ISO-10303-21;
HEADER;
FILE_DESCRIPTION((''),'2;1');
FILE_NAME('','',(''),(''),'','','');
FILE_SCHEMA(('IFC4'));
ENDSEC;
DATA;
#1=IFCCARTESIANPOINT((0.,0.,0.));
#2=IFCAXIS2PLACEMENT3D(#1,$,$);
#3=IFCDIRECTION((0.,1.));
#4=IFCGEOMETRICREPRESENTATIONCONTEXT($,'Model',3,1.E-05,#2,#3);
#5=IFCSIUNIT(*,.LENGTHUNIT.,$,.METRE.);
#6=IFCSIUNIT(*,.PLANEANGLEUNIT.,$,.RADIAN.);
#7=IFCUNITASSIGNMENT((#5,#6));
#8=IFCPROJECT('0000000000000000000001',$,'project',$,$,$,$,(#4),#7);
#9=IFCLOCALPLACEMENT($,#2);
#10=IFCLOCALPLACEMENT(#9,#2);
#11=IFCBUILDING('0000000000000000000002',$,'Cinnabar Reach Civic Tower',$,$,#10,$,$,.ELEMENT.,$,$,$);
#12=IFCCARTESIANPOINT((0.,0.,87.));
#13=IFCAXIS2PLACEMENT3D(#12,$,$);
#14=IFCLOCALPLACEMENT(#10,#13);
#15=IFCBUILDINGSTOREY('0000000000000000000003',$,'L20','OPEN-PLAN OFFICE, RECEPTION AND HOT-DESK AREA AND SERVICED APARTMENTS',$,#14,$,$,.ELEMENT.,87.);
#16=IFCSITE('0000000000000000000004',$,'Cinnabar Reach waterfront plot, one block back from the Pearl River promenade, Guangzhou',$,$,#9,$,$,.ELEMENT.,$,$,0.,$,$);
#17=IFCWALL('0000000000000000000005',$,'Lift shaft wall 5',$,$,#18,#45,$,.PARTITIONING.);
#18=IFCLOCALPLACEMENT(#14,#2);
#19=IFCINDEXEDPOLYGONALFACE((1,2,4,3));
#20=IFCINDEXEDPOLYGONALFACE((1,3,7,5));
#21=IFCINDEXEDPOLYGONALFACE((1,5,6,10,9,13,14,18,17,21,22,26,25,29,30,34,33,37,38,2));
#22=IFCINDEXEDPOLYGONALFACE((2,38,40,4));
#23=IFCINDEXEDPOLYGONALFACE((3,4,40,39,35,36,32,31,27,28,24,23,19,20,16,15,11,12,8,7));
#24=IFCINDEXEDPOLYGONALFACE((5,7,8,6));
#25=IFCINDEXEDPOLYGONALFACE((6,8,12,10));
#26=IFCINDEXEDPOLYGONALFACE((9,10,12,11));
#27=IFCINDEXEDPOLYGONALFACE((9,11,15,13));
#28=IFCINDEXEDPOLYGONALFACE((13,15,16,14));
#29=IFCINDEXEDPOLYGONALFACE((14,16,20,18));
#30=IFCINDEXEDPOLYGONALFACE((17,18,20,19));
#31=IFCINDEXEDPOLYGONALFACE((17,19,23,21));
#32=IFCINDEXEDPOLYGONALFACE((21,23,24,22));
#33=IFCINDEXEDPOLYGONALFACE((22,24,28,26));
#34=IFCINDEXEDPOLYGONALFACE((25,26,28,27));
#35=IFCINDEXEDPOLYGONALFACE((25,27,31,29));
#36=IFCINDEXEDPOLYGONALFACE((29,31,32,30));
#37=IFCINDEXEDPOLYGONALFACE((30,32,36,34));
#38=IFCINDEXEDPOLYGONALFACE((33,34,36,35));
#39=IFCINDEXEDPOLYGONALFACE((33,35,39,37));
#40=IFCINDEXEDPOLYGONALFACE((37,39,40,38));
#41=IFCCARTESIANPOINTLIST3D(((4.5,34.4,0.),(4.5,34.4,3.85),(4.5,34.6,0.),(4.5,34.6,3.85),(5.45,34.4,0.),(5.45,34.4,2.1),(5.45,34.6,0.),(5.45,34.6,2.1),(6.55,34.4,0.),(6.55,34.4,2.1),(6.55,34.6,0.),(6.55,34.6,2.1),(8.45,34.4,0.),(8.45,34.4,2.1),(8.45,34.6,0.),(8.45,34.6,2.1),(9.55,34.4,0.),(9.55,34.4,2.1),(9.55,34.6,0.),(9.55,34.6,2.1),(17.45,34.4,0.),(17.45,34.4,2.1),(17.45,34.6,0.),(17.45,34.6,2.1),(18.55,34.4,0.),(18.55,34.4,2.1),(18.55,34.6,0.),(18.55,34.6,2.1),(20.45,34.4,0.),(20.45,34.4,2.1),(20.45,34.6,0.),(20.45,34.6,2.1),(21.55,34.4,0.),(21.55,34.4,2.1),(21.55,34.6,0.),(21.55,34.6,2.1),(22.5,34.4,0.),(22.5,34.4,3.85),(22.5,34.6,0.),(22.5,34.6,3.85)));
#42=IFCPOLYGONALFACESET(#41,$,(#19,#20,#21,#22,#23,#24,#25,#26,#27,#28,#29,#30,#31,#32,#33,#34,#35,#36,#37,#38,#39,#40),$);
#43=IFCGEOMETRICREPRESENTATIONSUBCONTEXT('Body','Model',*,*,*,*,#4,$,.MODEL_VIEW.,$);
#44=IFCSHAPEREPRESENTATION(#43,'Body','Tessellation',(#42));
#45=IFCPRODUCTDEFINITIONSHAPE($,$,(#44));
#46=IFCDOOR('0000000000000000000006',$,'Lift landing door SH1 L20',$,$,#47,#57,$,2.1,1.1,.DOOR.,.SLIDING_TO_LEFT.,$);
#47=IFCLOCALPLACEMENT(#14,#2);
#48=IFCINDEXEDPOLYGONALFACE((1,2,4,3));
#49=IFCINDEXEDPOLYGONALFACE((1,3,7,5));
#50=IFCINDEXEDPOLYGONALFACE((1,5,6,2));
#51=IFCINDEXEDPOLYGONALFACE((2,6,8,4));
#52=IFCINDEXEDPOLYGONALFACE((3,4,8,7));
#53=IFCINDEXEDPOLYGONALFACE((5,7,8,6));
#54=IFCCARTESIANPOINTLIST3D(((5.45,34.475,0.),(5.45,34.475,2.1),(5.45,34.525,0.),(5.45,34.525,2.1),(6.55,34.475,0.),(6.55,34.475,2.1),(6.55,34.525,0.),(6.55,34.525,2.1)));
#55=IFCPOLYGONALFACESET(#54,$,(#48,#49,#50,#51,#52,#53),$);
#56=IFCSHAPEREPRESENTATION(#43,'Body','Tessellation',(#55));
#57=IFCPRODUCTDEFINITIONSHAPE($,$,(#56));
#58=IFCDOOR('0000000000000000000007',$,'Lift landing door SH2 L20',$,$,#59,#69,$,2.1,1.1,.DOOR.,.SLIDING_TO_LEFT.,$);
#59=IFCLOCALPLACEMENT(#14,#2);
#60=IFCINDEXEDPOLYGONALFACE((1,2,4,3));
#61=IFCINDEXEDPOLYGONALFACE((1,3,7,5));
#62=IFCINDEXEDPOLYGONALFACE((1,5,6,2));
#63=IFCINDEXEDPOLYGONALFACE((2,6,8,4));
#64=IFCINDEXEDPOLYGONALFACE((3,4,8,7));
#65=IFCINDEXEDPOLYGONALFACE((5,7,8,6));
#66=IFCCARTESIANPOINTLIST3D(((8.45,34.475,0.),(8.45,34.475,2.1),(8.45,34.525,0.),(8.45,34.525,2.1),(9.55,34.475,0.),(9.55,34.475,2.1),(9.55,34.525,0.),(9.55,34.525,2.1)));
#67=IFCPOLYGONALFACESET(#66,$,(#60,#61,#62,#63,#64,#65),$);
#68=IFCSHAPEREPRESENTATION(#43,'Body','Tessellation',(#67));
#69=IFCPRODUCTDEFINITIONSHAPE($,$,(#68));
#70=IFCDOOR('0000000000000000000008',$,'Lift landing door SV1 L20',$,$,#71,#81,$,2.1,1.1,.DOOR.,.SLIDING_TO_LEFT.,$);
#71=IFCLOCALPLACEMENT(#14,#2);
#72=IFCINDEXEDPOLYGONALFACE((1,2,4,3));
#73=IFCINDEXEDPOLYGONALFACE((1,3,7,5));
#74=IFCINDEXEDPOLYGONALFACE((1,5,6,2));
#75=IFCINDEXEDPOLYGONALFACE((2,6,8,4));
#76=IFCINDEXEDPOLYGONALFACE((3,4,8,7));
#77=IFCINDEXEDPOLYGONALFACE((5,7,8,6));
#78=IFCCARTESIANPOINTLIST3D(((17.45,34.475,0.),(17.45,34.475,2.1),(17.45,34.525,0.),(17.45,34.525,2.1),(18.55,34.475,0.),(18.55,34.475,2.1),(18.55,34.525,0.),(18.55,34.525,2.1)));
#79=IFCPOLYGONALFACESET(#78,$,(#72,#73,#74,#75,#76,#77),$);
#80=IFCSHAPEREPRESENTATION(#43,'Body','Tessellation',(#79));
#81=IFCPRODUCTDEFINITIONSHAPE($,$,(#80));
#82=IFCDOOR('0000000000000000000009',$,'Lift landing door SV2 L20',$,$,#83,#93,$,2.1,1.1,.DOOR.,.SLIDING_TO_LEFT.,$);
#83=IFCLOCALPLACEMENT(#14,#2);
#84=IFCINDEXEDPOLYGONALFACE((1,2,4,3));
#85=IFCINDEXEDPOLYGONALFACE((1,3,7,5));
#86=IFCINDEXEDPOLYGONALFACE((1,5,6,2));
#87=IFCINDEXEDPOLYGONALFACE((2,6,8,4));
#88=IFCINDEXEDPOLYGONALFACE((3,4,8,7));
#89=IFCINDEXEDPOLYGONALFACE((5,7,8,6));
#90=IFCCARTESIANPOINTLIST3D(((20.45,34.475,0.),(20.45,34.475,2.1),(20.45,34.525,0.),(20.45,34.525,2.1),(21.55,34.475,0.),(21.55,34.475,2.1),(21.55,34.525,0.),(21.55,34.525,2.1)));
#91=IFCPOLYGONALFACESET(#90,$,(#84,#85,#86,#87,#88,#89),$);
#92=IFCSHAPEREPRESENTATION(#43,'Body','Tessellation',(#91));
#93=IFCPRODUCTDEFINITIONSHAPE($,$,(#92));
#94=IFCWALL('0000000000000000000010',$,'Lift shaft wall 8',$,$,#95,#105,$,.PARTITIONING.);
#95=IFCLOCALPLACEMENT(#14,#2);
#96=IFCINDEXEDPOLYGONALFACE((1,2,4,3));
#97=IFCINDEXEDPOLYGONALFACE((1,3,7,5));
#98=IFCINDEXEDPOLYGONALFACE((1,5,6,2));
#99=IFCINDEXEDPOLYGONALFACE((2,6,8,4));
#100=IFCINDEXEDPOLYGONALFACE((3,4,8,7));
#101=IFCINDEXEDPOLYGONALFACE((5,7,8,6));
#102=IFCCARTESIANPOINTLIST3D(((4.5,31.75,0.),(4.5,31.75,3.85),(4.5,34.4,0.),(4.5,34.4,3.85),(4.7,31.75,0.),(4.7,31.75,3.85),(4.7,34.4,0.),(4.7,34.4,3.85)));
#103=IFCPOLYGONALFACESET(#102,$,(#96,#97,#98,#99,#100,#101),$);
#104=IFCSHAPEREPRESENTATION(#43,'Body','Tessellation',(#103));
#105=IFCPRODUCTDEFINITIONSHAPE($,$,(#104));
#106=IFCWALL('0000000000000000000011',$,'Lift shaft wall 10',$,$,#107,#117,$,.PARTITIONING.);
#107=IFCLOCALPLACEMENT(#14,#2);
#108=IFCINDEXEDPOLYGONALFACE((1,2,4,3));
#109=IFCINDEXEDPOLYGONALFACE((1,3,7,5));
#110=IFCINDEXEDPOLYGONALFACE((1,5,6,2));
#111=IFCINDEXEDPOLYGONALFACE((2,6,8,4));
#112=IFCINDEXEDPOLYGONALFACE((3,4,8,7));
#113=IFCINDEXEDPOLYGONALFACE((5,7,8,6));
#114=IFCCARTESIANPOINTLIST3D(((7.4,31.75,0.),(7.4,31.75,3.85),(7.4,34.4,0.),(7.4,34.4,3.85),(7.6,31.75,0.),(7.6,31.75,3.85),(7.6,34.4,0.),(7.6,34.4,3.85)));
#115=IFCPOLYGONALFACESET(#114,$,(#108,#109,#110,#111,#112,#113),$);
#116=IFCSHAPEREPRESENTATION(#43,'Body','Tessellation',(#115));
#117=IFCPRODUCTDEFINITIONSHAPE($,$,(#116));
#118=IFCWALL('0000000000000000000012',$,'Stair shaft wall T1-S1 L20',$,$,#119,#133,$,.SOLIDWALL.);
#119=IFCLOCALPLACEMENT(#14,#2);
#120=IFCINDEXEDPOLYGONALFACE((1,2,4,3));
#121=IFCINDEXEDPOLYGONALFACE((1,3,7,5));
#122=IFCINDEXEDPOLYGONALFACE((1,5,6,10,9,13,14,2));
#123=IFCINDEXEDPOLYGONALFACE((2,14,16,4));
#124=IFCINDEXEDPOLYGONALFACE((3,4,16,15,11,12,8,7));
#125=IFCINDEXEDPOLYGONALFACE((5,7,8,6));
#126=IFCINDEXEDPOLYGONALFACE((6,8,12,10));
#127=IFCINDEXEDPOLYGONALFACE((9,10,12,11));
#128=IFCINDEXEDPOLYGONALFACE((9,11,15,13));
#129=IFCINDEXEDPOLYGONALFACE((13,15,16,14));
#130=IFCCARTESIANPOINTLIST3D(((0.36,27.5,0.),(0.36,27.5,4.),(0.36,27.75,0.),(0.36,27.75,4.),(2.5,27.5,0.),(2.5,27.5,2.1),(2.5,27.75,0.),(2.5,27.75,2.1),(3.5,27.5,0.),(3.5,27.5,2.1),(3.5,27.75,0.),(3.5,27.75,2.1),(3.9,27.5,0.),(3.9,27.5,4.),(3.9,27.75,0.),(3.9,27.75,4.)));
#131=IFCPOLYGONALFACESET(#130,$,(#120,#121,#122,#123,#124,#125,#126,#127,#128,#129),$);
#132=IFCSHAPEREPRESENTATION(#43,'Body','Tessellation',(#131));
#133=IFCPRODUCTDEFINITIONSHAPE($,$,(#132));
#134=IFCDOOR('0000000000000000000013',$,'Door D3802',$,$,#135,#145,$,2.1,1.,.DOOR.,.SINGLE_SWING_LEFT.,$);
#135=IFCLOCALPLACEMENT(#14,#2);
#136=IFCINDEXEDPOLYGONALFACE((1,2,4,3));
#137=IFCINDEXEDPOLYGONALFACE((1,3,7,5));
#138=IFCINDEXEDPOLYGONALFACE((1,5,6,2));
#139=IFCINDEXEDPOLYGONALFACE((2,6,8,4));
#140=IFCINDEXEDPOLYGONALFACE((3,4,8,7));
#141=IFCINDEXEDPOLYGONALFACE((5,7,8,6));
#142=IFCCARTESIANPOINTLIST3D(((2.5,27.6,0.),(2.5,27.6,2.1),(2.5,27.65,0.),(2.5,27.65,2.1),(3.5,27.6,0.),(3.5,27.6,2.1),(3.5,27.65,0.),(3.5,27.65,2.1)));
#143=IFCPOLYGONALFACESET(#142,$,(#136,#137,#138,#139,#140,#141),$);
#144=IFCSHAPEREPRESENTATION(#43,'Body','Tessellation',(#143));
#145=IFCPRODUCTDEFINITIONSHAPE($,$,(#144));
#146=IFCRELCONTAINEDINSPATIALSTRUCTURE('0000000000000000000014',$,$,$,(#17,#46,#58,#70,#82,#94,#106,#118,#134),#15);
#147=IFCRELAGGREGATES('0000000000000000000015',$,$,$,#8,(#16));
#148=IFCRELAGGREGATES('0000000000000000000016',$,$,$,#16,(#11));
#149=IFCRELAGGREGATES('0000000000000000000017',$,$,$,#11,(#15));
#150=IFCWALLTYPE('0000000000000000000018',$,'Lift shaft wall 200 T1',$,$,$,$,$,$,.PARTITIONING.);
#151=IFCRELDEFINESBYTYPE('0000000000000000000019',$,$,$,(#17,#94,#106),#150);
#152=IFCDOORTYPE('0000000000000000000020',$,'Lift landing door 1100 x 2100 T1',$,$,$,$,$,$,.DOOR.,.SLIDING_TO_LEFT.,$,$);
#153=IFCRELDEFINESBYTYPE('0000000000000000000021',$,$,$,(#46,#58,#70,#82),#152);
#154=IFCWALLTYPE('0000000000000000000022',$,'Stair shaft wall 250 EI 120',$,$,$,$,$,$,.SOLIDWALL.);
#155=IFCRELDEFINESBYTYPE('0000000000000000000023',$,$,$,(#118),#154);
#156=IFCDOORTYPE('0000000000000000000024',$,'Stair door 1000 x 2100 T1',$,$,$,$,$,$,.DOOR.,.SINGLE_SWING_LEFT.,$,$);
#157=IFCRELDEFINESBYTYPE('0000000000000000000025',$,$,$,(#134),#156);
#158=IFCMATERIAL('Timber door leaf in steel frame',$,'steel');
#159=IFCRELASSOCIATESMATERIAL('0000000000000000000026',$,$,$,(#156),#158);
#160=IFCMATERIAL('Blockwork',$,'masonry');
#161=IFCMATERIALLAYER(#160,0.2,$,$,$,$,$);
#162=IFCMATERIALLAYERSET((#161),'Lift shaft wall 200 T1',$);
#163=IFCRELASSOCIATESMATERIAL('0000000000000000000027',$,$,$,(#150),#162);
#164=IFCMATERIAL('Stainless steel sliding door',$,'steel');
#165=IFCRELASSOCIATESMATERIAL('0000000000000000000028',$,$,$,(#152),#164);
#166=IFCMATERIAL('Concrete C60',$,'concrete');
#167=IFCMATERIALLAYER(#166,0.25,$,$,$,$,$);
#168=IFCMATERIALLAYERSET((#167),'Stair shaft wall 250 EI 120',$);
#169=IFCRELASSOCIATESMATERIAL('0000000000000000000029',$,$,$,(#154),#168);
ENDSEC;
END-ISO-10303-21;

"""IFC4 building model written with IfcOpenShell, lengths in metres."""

from ifc_helpers import new_model, si_unit, direction, frame, frame_2d, origin, place, context, subcontext, project, spatial, rectangle, extrude, material, layer, layer_set, type_object, element, fill, save


model = new_model("IFC4")

# Units and contexts
model_context = context("Model", 3, precision=1e-05, world=origin(), true_north=direction((0.0, 1.0)))
body_context = subcontext(model_context, "Body", "Model", "MODEL_VIEW")
ifc_project = project(units=[si_unit("LENGTHUNIT", "METRE"), si_unit("PLANEANGLEUNIT", "RADIAN")], contexts=[model_context])

# Site, building, storey
site_placement = place(None, origin())
site = spatial("IfcSite", under=ifc_project, at=site_placement, Name="Cinnabar Reach waterfront plot, one block back from the Pearl River promenade, Guangzhou", CompositionType="ELEMENT", RefElevation=0.0)
building_placement = place(site_placement, origin())
building = spatial("IfcBuilding", under=site, at=building_placement, Name="Cinnabar Reach Civic Tower", CompositionType="ELEMENT")
storey_placement = place(building_placement, frame((0.0, 0.0, 87.0)))
storey = spatial("IfcBuildingStorey", under=building, at=storey_placement, Name="L20", Description="OPEN-PLAN OFFICE, RECEPTION AND HOT-DESK AREA AND SERVICED APARTMENTS", CompositionType="ELEMENT", Elevation=87.0)

# Shared definitions
ifc_material_1 = material(Name="Concrete C60", Category="concrete")

# Shared definitions
ifc_material_2 = material(Name="Timber door leaf in steel frame", Category="steel")
door_type_1 = type_object("IfcDoorType", Name="Stair door 1000 x 2100 T1", OperationType="SINGLE_SWING_LEFT", PredefinedType="DOOR", material=ifc_material_2)

# Wall, openings, doors
ifc_material_3 = material(Name="Blockwork", Category="masonry")
ifc_layer_1 = layer(ifc_material_3, 0.2)
ifc_layer_set_1 = layer_set([ifc_layer_1], Name="Lift shaft wall 200 T1")
wall_type_1 = type_object("IfcWallType", Name="Lift shaft wall 200 T1", PredefinedType="PARTITIONING", material=ifc_layer_set_1)
wall_1_placement = place(storey_placement, frame((4.5, 34.5, 0.0), z_axis=(0.0, 0.0, 1.0), x_axis=(1.0, 0.0, 0.0)))
wall_1 = element("IfcWall", 1, at=wall_1_placement, inside=storey, type_object=wall_type_1, Name="Lift shaft wall 5", PredefinedType="PARTITIONING", context=body_context, shape_type="SweptSolid", body=[
    extrude(rectangle(XDim=18.0, YDim=0.2, at=frame_2d((9.0, 0.0))), origin(), (0.0, 0.0, 1.0), 3.85),
])
opening_1_placement = place(wall_1_placement, frame((0.95, 0.0, 0.0)))
opening_1 = element("IfcOpeningElement", 2, at=opening_1_placement, cuts=wall_1, PredefinedType="OPENING", context=body_context, shape_type="SweptSolid", body=[
    extrude(rectangle(XDim=1.1, YDim=2.1, at=frame_2d((0.55, 1.05))), frame((0.0, 0.11, 0.0), z_axis=(0.0, -1.0, 0.0), x_axis=(1.0, 0.0, 0.0)), (0.0, 0.0, 1.0), 0.22),
])
opening_2_placement = place(wall_1_placement, frame((3.95, 0.0, 0.0)))
opening_2 = element("IfcOpeningElement", 3, at=opening_2_placement, cuts=wall_1, PredefinedType="OPENING", context=body_context, shape_type="SweptSolid", body=[
    extrude(rectangle(XDim=1.1, YDim=2.1, at=frame_2d((0.55, 1.05))), frame((0.0, 0.11, 0.0), z_axis=(0.0, -1.0, 0.0), x_axis=(1.0, 0.0, 0.0)), (0.0, 0.0, 1.0), 0.22),
])
opening_3_placement = place(wall_1_placement, frame((12.95, 0.0, 0.0)))
opening_3 = element("IfcOpeningElement", 4, at=opening_3_placement, cuts=wall_1, PredefinedType="OPENING", context=body_context, shape_type="SweptSolid", body=[
    extrude(rectangle(XDim=1.1, YDim=2.1, at=frame_2d((0.55, 1.05))), frame((0.0, 0.11, 0.0), z_axis=(0.0, -1.0, 0.0), x_axis=(1.0, 0.0, 0.0)), (0.0, 0.0, 1.0), 0.22),
])
opening_4_placement = place(wall_1_placement, frame((15.95, 0.0, 0.0)))
opening_4 = element("IfcOpeningElement", 5, at=opening_4_placement, cuts=wall_1, PredefinedType="OPENING", context=body_context, shape_type="SweptSolid", body=[
    extrude(rectangle(XDim=1.1, YDim=2.1, at=frame_2d((0.55, 1.05))), frame((0.0, 0.11, 0.0), z_axis=(0.0, -1.0, 0.0), x_axis=(1.0, 0.0, 0.0)), (0.0, 0.0, 1.0), 0.22),
])
ifc_material_4 = material(Name="Stainless steel sliding door", Category="steel")
door_type_2 = type_object("IfcDoorType", Name="Lift landing door 1100 x 2100 T1", OperationType="SLIDING_TO_LEFT", PredefinedType="DOOR", material=ifc_material_4)
door_1_placement = place(opening_1_placement, origin())
door_1 = element("IfcDoor", 6, at=door_1_placement, inside=storey, type_object=door_type_2, Name="Lift landing door SH1 L20", OperationType="SLIDING_TO_LEFT", OverallHeight=2.1, OverallWidth=1.1, PredefinedType="DOOR", context=body_context, shape_type="SweptSolid", body=[
    extrude(rectangle(XDim=1.1, YDim=2.1, at=frame_2d((0.55, 1.05))), frame((0.0, 0.025, 0.0), z_axis=(0.0, -1.0, 0.0), x_axis=(1.0, 0.0, 0.0)), (0.0, 0.0, 1.0), 0.05),
])
fill(opening_1, door_1)
door_2_placement = place(opening_2_placement, origin())
door_2 = element("IfcDoor", 7, at=door_2_placement, inside=storey, type_object=door_type_2, Name="Lift landing door SH2 L20", OperationType="SLIDING_TO_LEFT", OverallHeight=2.1, OverallWidth=1.1, PredefinedType="DOOR", context=body_context, shape_type="SweptSolid", body=[
    extrude(rectangle(XDim=1.1, YDim=2.1, at=frame_2d((0.55, 1.05))), frame((0.0, 0.025, 0.0), z_axis=(0.0, -1.0, 0.0), x_axis=(1.0, 0.0, 0.0)), (0.0, 0.0, 1.0), 0.05),
])
fill(opening_2, door_2)
door_3_placement = place(opening_3_placement, origin())
door_3 = element("IfcDoor", 8, at=door_3_placement, inside=storey, type_object=door_type_2, Name="Lift landing door SV1 L20", OperationType="SLIDING_TO_LEFT", OverallHeight=2.1, OverallWidth=1.1, PredefinedType="DOOR", context=body_context, shape_type="SweptSolid", body=[
    extrude(rectangle(XDim=1.1, YDim=2.1, at=frame_2d((0.55, 1.05))), frame((0.0, 0.025, 0.0), z_axis=(0.0, -1.0, 0.0), x_axis=(1.0, 0.0, 0.0)), (0.0, 0.0, 1.0), 0.05),
])
fill(opening_3, door_3)
door_4_placement = place(opening_4_placement, origin())
door_4 = element("IfcDoor", 9, at=door_4_placement, inside=storey, type_object=door_type_2, Name="Lift landing door SV2 L20", OperationType="SLIDING_TO_LEFT", OverallHeight=2.1, OverallWidth=1.1, PredefinedType="DOOR", context=body_context, shape_type="SweptSolid", body=[
    extrude(rectangle(XDim=1.1, YDim=2.1, at=frame_2d((0.55, 1.05))), frame((0.0, 0.025, 0.0), z_axis=(0.0, -1.0, 0.0), x_axis=(1.0, 0.0, 0.0)), (0.0, 0.0, 1.0), 0.05),
])
fill(opening_4, door_4)

# Walls
for number, where, z_axis, x_axis, name in (
    (10, (4.6, 31.75, 0.0), (0.0, 0.0, 1.0), (0.0, 1.0, 0.0), "Lift shaft wall 8"),
    (11, (7.5, 31.75, 0.0), (0.0, 0.0, 1.0), (0.0, 1.0, 0.0), "Lift shaft wall 10"),
):
    element("IfcWall", number, at=place(storey_placement, frame(where, z_axis=z_axis, x_axis=x_axis)), inside=storey, type_object=wall_type_1, Name=name, PredefinedType="PARTITIONING", context=body_context, shape_type="SweptSolid", body=[
        extrude(rectangle(XDim=2.65, YDim=0.2, at=frame_2d((1.325, 0.0))), origin(), (0.0, 0.0, 1.0), 3.85),
    ])

# Wall, opening, door
ifc_layer_2 = layer(ifc_material_1, 0.25)
ifc_layer_set_2 = layer_set([ifc_layer_2], Name="Stair shaft wall 250 EI 120")
wall_type_2 = type_object("IfcWallType", Name="Stair shaft wall 250 EI 120", PredefinedType="SOLIDWALL", material=ifc_layer_set_2)
wall_2_placement = place(storey_placement, frame((3.9, 27.625, 0.0), z_axis=(0.0, 0.0, 1.0), x_axis=(-1.0, 0.0, 0.0)))
wall_2 = element("IfcWall", 12, at=wall_2_placement, inside=storey, type_object=wall_type_2, Name="Stair shaft wall T1-S1 L20", PredefinedType="SOLIDWALL", context=body_context, shape_type="SweptSolid", body=[
    extrude(rectangle(XDim=3.54, YDim=0.25, at=frame_2d((1.77, 0.0))), origin(), (0.0, 0.0, 1.0), 4.0),
])
opening_5_placement = place(wall_2_placement, frame((0.4, 0.0, 0.0)))
opening_5 = element("IfcOpeningElement", 13, at=opening_5_placement, cuts=wall_2, PredefinedType="OPENING", context=body_context, shape_type="SweptSolid", body=[
    extrude(rectangle(XDim=1.0, YDim=2.1, at=frame_2d((0.5, 1.05))), frame((0.0, 0.135, 0.0), z_axis=(0.0, -1.0, 0.0), x_axis=(1.0, 0.0, 0.0)), (0.0, 0.0, 1.0), 0.27),
])
door_5_placement = place(opening_5_placement, origin())
door_5 = element("IfcDoor", 14, at=door_5_placement, inside=storey, type_object=door_type_1, Name="Door D3802", OperationType="SINGLE_SWING_LEFT", OverallHeight=2.1, OverallWidth=1.0, PredefinedType="DOOR", context=body_context, shape_type="SweptSolid", body=[
    extrude(rectangle(XDim=1.0, YDim=2.1, at=frame_2d((0.5, 1.05))), frame((0.0, 0.025, 0.0), z_axis=(0.0, -1.0, 0.0), x_axis=(1.0, 0.0, 0.0)), (0.0, 0.0, 1.0), 0.05),
])
fill(opening_5, door_5)

save(model, "model.ifc")
